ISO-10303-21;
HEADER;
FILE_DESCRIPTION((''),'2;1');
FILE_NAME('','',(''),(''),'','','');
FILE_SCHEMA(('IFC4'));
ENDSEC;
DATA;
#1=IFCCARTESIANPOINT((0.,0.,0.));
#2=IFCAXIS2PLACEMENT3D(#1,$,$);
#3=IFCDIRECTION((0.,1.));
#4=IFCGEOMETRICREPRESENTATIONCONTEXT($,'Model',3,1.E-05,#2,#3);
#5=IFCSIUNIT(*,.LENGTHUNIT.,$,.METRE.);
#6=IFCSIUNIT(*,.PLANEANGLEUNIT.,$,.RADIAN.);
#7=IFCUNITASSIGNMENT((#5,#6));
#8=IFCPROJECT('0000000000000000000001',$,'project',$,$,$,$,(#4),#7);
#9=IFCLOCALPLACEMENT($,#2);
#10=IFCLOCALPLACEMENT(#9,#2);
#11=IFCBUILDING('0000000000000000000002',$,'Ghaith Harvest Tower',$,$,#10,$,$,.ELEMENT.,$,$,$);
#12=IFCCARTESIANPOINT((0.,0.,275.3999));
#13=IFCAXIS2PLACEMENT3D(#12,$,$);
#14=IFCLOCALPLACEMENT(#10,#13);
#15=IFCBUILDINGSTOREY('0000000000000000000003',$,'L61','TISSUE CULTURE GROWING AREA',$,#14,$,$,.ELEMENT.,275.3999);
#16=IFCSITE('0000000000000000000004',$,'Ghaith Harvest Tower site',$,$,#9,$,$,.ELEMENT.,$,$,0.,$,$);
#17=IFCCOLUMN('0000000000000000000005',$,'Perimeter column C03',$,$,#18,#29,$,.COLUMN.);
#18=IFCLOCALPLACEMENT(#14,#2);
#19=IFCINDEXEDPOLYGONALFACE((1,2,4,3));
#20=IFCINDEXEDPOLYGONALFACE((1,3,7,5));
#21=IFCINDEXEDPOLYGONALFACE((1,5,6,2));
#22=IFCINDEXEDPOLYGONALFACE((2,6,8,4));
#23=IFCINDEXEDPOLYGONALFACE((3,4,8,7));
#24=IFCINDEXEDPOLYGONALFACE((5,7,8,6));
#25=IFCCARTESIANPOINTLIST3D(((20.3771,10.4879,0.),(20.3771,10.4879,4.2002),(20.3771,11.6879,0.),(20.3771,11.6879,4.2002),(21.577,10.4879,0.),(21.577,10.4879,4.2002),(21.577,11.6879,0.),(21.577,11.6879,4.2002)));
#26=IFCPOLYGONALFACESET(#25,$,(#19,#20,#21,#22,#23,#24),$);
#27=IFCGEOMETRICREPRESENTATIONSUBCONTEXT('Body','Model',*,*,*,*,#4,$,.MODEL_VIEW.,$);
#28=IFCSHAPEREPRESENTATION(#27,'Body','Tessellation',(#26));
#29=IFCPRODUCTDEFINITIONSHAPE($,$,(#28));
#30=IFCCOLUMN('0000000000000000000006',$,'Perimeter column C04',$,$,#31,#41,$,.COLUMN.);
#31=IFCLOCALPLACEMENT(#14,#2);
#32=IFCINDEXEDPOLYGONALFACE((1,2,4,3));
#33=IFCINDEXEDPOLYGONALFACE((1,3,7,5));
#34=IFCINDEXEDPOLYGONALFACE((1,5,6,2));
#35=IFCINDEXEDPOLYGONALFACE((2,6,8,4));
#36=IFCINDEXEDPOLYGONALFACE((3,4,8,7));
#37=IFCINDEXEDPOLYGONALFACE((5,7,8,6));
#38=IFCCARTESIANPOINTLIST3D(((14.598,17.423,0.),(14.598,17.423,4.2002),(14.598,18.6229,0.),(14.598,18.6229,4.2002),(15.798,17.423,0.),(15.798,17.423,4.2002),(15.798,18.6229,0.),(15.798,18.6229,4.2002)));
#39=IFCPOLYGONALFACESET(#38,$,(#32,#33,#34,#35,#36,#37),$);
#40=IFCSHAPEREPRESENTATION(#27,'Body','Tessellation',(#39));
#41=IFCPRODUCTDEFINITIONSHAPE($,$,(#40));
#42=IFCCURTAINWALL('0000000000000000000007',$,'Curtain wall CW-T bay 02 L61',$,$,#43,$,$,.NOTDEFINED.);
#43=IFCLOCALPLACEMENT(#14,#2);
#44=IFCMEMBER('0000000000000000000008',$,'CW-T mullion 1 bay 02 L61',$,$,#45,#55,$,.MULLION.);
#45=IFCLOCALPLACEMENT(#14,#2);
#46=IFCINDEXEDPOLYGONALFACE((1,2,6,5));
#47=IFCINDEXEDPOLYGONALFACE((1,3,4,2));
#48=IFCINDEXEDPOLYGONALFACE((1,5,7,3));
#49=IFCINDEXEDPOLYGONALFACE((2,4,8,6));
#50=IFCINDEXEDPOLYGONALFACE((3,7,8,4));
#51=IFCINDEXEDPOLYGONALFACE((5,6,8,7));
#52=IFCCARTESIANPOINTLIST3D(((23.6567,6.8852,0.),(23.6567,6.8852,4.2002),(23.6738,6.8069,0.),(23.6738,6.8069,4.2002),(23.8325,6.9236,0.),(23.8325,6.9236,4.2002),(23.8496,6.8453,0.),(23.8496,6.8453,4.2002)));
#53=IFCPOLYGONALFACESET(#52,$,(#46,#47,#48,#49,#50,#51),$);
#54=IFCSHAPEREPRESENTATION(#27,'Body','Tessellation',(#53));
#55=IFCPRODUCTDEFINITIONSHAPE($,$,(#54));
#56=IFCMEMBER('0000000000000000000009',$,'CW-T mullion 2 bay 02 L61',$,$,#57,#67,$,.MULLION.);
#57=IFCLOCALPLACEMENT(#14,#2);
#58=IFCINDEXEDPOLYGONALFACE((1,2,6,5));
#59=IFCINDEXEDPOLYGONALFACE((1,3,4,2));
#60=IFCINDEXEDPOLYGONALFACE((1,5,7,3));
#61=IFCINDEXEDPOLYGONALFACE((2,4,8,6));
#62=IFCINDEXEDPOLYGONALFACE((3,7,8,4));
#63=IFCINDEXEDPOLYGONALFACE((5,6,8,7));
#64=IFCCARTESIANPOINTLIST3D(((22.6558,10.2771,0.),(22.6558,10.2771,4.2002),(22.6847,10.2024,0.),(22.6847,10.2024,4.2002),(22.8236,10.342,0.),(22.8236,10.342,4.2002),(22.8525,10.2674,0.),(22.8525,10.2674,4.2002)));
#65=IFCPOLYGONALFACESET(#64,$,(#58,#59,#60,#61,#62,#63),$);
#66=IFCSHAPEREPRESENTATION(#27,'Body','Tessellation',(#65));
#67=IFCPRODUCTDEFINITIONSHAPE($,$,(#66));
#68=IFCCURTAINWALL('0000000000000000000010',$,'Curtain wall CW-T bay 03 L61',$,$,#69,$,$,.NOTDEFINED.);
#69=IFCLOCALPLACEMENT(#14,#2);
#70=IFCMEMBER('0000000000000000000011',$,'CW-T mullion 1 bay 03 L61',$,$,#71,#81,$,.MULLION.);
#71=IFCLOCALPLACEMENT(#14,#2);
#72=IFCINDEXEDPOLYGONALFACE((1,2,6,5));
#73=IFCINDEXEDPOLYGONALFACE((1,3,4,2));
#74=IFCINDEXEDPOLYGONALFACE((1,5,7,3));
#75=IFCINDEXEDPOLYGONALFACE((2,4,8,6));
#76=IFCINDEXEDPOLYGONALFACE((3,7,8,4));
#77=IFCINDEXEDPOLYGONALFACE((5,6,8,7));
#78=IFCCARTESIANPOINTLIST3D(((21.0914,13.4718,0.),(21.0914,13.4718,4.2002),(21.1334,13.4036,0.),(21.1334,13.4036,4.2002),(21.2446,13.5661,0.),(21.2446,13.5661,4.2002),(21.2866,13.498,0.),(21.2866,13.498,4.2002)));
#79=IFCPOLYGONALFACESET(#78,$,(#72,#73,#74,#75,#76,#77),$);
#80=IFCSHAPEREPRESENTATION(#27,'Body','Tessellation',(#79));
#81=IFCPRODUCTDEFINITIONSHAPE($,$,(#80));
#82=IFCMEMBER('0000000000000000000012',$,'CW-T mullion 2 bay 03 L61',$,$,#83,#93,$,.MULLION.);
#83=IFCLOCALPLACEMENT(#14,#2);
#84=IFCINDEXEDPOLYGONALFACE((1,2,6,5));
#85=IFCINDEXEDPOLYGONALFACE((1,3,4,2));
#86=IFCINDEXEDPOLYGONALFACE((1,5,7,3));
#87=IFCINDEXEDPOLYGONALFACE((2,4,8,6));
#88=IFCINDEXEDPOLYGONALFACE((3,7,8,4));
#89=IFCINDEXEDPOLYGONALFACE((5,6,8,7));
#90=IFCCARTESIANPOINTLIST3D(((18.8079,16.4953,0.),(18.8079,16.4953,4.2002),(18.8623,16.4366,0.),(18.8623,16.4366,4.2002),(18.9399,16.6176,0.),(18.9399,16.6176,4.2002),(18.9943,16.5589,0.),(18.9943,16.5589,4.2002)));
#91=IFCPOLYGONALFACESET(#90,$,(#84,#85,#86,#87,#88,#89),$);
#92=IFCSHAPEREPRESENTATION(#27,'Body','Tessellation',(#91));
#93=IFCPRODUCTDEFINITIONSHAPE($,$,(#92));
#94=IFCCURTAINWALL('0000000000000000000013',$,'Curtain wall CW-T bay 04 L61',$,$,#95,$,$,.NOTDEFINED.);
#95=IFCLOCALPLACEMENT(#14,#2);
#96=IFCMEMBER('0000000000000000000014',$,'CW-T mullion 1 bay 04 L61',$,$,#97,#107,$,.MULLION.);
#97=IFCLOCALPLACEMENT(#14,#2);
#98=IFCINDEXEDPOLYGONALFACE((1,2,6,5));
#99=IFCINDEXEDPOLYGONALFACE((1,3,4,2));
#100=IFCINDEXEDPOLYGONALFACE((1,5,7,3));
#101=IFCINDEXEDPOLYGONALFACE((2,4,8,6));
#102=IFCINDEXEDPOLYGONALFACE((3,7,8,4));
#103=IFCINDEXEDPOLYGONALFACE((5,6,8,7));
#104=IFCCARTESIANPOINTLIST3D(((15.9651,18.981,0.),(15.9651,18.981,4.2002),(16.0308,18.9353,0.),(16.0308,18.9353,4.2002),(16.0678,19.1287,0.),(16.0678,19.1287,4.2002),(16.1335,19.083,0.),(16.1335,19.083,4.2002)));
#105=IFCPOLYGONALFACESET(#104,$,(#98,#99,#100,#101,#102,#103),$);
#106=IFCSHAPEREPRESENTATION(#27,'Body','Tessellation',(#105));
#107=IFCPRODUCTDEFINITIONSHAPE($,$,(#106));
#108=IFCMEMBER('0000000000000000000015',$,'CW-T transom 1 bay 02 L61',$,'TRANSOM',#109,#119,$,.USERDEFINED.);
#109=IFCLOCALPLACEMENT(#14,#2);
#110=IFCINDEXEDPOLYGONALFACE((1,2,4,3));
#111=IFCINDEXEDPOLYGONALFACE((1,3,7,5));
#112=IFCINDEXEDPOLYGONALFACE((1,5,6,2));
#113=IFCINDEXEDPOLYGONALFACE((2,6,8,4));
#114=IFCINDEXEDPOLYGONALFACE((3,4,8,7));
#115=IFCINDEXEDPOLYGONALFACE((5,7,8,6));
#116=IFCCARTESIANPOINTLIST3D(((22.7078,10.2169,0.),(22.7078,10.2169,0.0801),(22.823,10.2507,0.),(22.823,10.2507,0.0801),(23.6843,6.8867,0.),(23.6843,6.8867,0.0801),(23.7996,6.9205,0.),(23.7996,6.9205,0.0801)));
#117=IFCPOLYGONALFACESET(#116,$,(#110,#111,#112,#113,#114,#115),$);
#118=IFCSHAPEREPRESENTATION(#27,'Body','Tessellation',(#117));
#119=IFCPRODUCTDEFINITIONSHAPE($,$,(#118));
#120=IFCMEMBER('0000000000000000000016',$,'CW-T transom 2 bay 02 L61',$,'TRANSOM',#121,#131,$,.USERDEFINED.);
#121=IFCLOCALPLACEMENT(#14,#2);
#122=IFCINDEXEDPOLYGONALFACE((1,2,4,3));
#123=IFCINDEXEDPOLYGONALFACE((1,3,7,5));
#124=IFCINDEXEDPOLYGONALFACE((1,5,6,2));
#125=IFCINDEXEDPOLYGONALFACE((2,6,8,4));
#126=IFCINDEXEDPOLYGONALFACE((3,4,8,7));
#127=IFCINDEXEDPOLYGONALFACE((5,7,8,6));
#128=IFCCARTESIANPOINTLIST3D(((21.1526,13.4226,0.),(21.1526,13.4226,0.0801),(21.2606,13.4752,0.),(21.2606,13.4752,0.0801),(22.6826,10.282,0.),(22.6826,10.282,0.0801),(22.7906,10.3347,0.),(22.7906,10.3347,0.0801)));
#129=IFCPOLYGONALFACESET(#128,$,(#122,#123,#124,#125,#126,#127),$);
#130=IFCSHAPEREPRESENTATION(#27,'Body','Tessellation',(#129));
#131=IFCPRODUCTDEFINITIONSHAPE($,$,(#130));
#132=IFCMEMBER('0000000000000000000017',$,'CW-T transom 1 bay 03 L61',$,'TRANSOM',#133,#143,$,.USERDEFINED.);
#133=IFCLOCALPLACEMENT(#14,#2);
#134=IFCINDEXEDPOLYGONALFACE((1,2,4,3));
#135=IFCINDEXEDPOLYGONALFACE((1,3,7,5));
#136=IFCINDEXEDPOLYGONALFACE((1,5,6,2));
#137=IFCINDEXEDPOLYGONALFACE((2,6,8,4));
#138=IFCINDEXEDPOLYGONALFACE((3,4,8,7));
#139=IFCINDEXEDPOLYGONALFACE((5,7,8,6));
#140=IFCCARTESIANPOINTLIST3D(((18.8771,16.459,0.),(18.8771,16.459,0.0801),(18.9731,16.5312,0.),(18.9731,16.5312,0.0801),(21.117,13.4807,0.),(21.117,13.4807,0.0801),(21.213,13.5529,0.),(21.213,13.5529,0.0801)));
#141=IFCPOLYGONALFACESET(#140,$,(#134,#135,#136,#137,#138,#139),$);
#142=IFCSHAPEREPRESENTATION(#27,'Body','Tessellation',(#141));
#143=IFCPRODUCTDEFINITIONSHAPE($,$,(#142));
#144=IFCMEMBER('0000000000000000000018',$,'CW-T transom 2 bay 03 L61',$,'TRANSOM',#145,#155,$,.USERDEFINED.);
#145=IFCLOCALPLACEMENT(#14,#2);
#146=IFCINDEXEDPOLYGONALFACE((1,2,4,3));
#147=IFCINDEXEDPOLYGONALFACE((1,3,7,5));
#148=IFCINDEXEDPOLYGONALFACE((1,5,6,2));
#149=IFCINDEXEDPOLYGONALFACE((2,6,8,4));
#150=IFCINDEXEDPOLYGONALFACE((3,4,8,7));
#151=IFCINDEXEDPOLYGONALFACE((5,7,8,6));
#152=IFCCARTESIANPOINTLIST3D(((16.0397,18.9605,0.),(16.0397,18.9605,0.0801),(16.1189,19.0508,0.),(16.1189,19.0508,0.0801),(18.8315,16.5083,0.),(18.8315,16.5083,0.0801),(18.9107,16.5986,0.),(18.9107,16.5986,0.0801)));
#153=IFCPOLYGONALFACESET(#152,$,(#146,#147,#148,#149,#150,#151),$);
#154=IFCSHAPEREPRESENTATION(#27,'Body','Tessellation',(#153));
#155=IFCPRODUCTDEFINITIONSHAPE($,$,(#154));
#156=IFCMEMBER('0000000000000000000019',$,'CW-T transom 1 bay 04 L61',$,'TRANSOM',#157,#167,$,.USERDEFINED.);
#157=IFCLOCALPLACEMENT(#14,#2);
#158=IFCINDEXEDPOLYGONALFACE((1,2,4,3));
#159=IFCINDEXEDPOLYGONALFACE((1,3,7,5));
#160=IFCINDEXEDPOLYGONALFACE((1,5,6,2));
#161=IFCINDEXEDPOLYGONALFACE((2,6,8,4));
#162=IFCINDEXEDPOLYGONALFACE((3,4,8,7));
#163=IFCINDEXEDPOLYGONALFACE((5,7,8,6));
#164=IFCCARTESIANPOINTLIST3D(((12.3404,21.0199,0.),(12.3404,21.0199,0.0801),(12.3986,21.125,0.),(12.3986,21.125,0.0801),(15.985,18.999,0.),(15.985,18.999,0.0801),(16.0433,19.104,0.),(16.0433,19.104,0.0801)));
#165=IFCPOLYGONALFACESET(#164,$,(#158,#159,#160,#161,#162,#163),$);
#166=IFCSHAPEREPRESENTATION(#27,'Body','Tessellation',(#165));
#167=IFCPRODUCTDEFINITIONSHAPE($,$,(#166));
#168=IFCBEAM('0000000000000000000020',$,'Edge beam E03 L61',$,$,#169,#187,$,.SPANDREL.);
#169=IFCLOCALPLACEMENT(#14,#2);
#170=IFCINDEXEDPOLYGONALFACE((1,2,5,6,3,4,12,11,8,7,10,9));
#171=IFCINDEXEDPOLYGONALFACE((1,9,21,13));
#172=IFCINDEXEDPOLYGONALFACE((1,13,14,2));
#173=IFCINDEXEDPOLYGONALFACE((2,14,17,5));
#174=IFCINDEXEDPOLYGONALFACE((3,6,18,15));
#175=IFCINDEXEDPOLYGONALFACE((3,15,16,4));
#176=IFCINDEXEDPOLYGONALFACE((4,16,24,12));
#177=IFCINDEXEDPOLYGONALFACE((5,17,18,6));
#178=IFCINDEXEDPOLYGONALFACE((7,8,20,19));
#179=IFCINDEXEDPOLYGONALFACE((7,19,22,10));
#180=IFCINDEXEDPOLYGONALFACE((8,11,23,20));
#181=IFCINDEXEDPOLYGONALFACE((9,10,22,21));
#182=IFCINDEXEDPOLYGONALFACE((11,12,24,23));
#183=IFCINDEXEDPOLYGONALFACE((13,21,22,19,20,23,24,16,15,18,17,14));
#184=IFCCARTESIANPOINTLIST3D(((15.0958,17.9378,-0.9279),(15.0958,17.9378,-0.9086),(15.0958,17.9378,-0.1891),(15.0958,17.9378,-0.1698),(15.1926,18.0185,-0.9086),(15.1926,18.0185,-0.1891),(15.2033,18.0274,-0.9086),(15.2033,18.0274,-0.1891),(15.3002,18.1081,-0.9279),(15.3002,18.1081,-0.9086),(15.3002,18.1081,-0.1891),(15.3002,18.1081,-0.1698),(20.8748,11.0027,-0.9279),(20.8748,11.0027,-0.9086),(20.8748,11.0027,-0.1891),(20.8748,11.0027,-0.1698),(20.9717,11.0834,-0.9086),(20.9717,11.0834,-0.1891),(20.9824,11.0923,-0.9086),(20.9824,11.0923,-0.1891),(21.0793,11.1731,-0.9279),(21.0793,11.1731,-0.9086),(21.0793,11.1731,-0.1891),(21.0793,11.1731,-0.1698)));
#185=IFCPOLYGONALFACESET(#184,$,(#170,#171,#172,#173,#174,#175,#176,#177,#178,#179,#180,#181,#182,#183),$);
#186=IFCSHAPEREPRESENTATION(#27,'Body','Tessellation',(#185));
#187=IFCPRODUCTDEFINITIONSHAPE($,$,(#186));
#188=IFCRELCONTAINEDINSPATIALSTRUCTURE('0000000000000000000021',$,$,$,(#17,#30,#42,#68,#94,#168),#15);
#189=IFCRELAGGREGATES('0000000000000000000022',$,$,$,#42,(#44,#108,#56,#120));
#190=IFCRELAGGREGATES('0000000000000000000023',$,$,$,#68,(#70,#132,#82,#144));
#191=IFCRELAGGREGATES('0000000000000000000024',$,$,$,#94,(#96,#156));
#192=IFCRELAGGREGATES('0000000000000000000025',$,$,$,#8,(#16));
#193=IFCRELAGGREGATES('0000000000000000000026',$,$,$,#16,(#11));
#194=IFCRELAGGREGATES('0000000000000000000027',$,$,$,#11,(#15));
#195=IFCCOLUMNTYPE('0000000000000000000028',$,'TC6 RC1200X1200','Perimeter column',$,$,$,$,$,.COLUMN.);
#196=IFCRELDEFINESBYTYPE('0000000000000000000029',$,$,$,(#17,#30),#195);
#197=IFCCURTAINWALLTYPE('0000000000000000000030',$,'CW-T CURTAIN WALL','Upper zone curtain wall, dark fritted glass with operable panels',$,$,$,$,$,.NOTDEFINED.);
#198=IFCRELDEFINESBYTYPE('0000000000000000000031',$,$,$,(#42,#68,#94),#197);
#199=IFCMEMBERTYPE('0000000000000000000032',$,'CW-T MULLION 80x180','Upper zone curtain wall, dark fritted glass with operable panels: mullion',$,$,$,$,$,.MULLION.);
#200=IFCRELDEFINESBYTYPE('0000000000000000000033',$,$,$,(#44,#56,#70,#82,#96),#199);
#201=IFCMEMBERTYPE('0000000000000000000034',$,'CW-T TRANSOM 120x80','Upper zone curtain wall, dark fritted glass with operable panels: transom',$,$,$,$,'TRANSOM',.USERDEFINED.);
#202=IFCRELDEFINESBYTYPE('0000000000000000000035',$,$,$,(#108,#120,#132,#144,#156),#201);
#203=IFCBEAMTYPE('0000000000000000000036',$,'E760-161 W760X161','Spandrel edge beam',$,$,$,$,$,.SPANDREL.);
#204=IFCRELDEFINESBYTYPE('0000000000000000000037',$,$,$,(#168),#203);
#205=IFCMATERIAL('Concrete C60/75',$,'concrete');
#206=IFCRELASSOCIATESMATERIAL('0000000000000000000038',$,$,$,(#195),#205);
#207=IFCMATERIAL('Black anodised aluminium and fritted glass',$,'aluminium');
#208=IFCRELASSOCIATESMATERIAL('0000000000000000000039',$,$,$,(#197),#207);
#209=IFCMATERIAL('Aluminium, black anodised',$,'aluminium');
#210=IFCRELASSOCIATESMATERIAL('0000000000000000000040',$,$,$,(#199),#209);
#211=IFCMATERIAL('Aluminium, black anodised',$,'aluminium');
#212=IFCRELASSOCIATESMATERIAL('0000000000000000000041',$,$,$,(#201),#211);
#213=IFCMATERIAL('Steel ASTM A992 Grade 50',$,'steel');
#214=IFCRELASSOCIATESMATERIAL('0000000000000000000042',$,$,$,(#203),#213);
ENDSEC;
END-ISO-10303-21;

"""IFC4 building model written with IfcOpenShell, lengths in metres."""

from ifc_helpers import new_model, si_unit, direction, frame, origin, origin_2d, place, context, subcontext, project, spatial, rectangle, i_section, extrude, material, material_profile, profile_set, type_object, element, aggregate, save


model = new_model("IFC4")

# Units and contexts
model_context = context("Model", 3, precision=1e-05, world=origin(), true_north=direction((0.0, 1.0)))
body_context = subcontext(model_context, "Body", "Model", "MODEL_VIEW")
ifc_project = project(units=[si_unit("LENGTHUNIT", "METRE"), si_unit("PLANEANGLEUNIT", "RADIAN")], contexts=[model_context])

# Site, building, storey
site_placement = place(None, origin())
site = spatial("IfcSite", under=ifc_project, at=site_placement, Name="Ghaith Harvest Tower site", CompositionType="ELEMENT", RefElevation=0.0)
building_placement = place(site_placement, origin())
building = spatial("IfcBuilding", under=site, at=building_placement, Name="Ghaith Harvest Tower", CompositionType="ELEMENT")
storey_placement = place(building_placement, frame((0.0, 0.0, 275.3999)))
storey = spatial("IfcBuildingStorey", under=building, at=storey_placement, Name="L61", Description="TISSUE CULTURE GROWING AREA", CompositionType="ELEMENT", Elevation=275.3999)

# Columns
ifc_material_1 = material(Name="Concrete C60/75", Category="concrete")
ifc_material_profile_1 = material_profile(ifc_material_1, rectangle(XDim=1.2, YDim=1.2, at=origin_2d()), Name="RC1200X1200")
ifc_profile_set_1 = profile_set([ifc_material_profile_1], Name="Concrete C60/75")
column_type = type_object("IfcColumnType", Name="TC6 RC1200X1200", Description="Perimeter column", PredefinedType="COLUMN", material=ifc_profile_set_1)
for number, where, z_axis, x_axis, name in (
    (1, (20.9771, 11.0879, 0.0), (0.0, 0.0, 1.0), (1.0, 0.0, 0.0), "Perimeter column C03"),
    (2, (15.198, 18.0229, 0.0), (0.0, 0.0, 1.0), (1.0, 0.0, 0.0), "Perimeter column C04"),
):
    element("IfcColumn", number, at=place(storey_placement, frame(where, z_axis=z_axis, x_axis=x_axis)), inside=storey, type_object=column_type, Name=name, PredefinedType="COLUMN", context=body_context, shape_type="SweptSolid", body=[
        extrude(rectangle(XDim=1.2, YDim=1.2, at=origin_2d()), origin(), (0.0, 0.0, 1.0), 4.2002),
    ])

# Curtain walls, members
ifc_material_2 = material(Name="Black anodised aluminium and fritted glass", Category="aluminium")
curtain_wall_type = type_object("IfcCurtainWallType", Name="CW-T CURTAIN WALL", Description="Upper zone curtain wall, dark fritted glass with operable panels", PredefinedType="NOTDEFINED", material=ifc_material_2)
curtain_wall_1_placement = place(storey_placement, origin())
curtain_wall_1 = element("IfcCurtainWall", 3, at=curtain_wall_1_placement, inside=storey, type_object=curtain_wall_type, Name="Curtain wall CW-T bay 02 L61", PredefinedType="NOTDEFINED")
ifc_material_3 = material(Name="Aluminium, black anodised", Category="aluminium")
ifc_material_profile_2 = material_profile(ifc_material_3, rectangle(XDim=0.0801, YDim=0.1799, at=origin_2d()), Name="CW-T MULLION 80x180")
ifc_profile_set_2 = profile_set([ifc_material_profile_2], Name="Aluminium, black anodised")
member_type_1 = type_object("IfcMemberType", Name="CW-T MULLION 80x180", Description="Upper zone curtain wall, dark fritted glass with operable panels: mullion", PredefinedType="MULLION", material=ifc_profile_set_2)
member_1_placement = place(storey_placement, frame((23.7532, 6.8652, 0.0), z_axis=(0.0, 0.0, 1.0), x_axis=(-0.213402, 0.976964, 0.0)))
member_1 = element("IfcMember", 4, at=member_1_placement, type_object=member_type_1, Name="CW-T mullion 1 bay 02 L61", PredefinedType="MULLION", context=body_context, shape_type="SweptSolid", body=[
    extrude(rectangle(XDim=0.0801, YDim=0.1799, at=origin_2d()), origin(), (0.0, 0.0, 1.0), 4.2002),
])
member_2_placement = place(storey_placement, frame((22.7542, 10.2722, 0.0), z_axis=(0.0, 0.0, 1.0), x_axis=(-0.361184, 0.932494, 0.0)))
member_2 = element("IfcMember", 5, at=member_2_placement, type_object=member_type_1, Name="CW-T mullion 2 bay 02 L61", PredefinedType="MULLION", context=body_context, shape_type="SweptSolid", body=[
    extrude(rectangle(XDim=0.0801, YDim=0.1799, at=origin_2d()), origin(), (0.0, 0.0, 1.0), 4.2002),
])
curtain_wall_2_placement = place(storey_placement, origin())
curtain_wall_2 = element("IfcCurtainWall", 6, at=curtain_wall_2_placement, inside=storey, type_object=curtain_wall_type, Name="Curtain wall CW-T bay 03 L61", PredefinedType="NOTDEFINED")
member_3_placement = place(storey_placement, frame((21.189, 13.4849, 0.0), z_axis=(0.0, 0.0, 1.0), x_axis=(-0.524482, 0.851421, 0.0)))
member_3 = element("IfcMember", 7, at=member_3_placement, type_object=member_type_1, Name="CW-T mullion 1 bay 03 L61", PredefinedType="MULLION", context=body_context, shape_type="SweptSolid", body=[
    extrude(rectangle(XDim=0.0801, YDim=0.1799, at=origin_2d()), origin(), (0.0, 0.0, 1.0), 4.2002),
])
member_4_placement = place(storey_placement, frame((18.9011, 16.5271, 0.0), z_axis=(0.0, 0.0, 1.0), x_axis=(-0.679661, 0.733526, 0.0)))
member_4 = element("IfcMember", 8, at=member_4_placement, type_object=member_type_1, Name="CW-T mullion 2 bay 03 L61", PredefinedType="MULLION", context=body_context, shape_type="SweptSolid", body=[
    extrude(rectangle(XDim=0.0801, YDim=0.1799, at=origin_2d()), origin(), (0.0, 0.0, 1.0), 4.2002),
])

# Curtain wall, member
curtain_wall_3_placement = place(storey_placement, origin())
curtain_wall_3 = element("IfcCurtainWall", 9, at=curtain_wall_3_placement, inside=storey, type_object=curtain_wall_type, Name="Curtain wall CW-T bay 04 L61", PredefinedType="NOTDEFINED")
member_5_placement = place(storey_placement, frame((16.0493, 19.032, 0.0), z_axis=(0.0, 0.0, 1.0), x_axis=(-0.821112, 0.570767, 0.0)))
member_5 = element("IfcMember", 10, at=member_5_placement, type_object=member_type_1, Name="CW-T mullion 1 bay 04 L61", PredefinedType="MULLION", context=body_context, shape_type="SweptSolid", body=[
    extrude(rectangle(XDim=0.0801, YDim=0.1799, at=origin_2d()), origin(), (0.0, 0.0, 1.0), 4.2002),
])

# Members
ifc_material_4 = material(Name="Aluminium, black anodised", Category="aluminium")
ifc_material_profile_3 = material_profile(ifc_material_4, rectangle(XDim=0.1201, YDim=0.0801, at=origin_2d()), Name="CW-T TRANSOM 120x80")
ifc_profile_set_3 = profile_set([ifc_material_profile_3], Name="Aluminium, black anodised")
member_type_2 = type_object("IfcMemberType", Name="CW-T TRANSOM 120x80", Description="Upper zone curtain wall, dark fritted glass with operable panels: transom", ElementType="TRANSOM", PredefinedType="USERDEFINED", material=ifc_profile_set_3)
member_6_placement = place(storey_placement, frame((23.7419, 6.9036, 0.04), z_axis=(-0.281385, 0.959595, 0.0), x_axis=(-0.959595, -0.281385, 0.0)))
member_6 = element("IfcMember", 11, at=member_6_placement, type_object=member_type_2, Name="CW-T transom 1 bay 02 L61", ObjectType="TRANSOM", PredefinedType="USERDEFINED", context=body_context, shape_type="SweptSolid", body=[
    extrude(rectangle(XDim=0.1201, YDim=0.0801, at=origin_2d()), origin(), (0.0, 0.0, 1.0), 3.4705),
])
member_7_placement = place(storey_placement, frame((22.7366, 10.3083, 0.04), z_axis=(-0.437965, 0.898992, 0.0), x_axis=(-0.898992, -0.437965, 0.0)))
member_7 = element("IfcMember", 12, at=member_7_placement, type_object=member_type_2, Name="CW-T transom 2 bay 02 L61", ObjectType="TRANSOM", PredefinedType="USERDEFINED", context=body_context, shape_type="SweptSolid", body=[
    extrude(rectangle(XDim=0.1201, YDim=0.0801, at=origin_2d()), origin(), (0.0, 0.0, 1.0), 3.4934),
])
member_8_placement = place(storey_placement, frame((21.165, 13.5168, 0.04), z_axis=(-0.601079, 0.79919, 0.0), x_axis=(-0.79919, -0.601079, 0.0)))
member_8 = element("IfcMember", 13, at=member_8_placement, type_object=member_type_2, Name="CW-T transom 1 bay 03 L61", ObjectType="TRANSOM", PredefinedType="USERDEFINED", context=body_context, shape_type="SweptSolid", body=[
    extrude(rectangle(XDim=0.1201, YDim=0.0801, at=origin_2d()), origin(), (0.0, 0.0, 1.0), 3.7266),
])
member_9_placement = place(storey_placement, frame((18.8711, 16.5535, 0.04), z_axis=(-0.751326, 0.659931, 0.0), x_axis=(-0.659931, -0.751326, 0.0)))
member_9 = element("IfcMember", 14, at=member_9_placement, type_object=member_type_2, Name="CW-T transom 2 bay 03 L61", ObjectType="TRANSOM", PredefinedType="USERDEFINED", context=body_context, shape_type="SweptSolid", body=[
    extrude(rectangle(XDim=0.1201, YDim=0.0801, at=origin_2d()), origin(), (0.0, 0.0, 1.0), 3.7158),
])
member_10_placement = place(storey_placement, frame((16.0142, 19.0515, 0.04), z_axis=(-0.874552, 0.484932, 0.0), x_axis=(-0.484932, -0.874552, 0.0)))
member_10 = element("IfcMember", 15, at=member_10_placement, type_object=member_type_2, Name="CW-T transom 1 bay 04 L61", ObjectType="TRANSOM", PredefinedType="USERDEFINED", context=body_context, shape_type="SweptSolid", body=[
    extrude(rectangle(XDim=0.1201, YDim=0.0801, at=origin_2d()), origin(), (0.0, 0.0, 1.0), 4.1675),
])

# Beam
ifc_material_5 = material(Name="Steel ASTM A992 Grade 50", Category="steel")
ifc_material_profile_4 = material_profile(ifc_material_5, i_section(OverallWidth=0.2661, OverallDepth=0.7581, WebThickness=0.0139, FlangeThickness=0.0193, at=origin_2d()), Name="W760X161")
ifc_profile_set_4 = profile_set([ifc_material_profile_4], Name="Steel ASTM A992 Grade 50")
beam_type_1 = type_object("IfcBeamType", Name="E760-161 W760X161", Description="Spandrel edge beam", PredefinedType="SPANDREL", material=ifc_profile_set_4)
beam_1_placement = place(storey_placement, frame((20.9771, 11.0879, -0.5488), z_axis=(-0.640174, 0.76823, 0.0), x_axis=(-0.76823, -0.640174, 0.0)))
element("IfcBeam", 16, at=beam_1_placement, inside=storey, type_object=beam_type_1, Name="Edge beam E03 L61", PredefinedType="SPANDREL", context=body_context, shape_type="SweptSolid", body=[
    extrude(i_section(OverallWidth=0.2661, OverallDepth=0.7581, WebThickness=0.0139, FlangeThickness=0.0193, at=origin_2d()), origin(), (0.0, 0.0, 1.0), 9.0273),
])

aggregate(curtain_wall_1, [member_1, member_6, member_2, member_7])
aggregate(curtain_wall_2, [member_3, member_8, member_4, member_9])
aggregate(curtain_wall_3, [member_5, member_10])

save(model, "model.ifc")
